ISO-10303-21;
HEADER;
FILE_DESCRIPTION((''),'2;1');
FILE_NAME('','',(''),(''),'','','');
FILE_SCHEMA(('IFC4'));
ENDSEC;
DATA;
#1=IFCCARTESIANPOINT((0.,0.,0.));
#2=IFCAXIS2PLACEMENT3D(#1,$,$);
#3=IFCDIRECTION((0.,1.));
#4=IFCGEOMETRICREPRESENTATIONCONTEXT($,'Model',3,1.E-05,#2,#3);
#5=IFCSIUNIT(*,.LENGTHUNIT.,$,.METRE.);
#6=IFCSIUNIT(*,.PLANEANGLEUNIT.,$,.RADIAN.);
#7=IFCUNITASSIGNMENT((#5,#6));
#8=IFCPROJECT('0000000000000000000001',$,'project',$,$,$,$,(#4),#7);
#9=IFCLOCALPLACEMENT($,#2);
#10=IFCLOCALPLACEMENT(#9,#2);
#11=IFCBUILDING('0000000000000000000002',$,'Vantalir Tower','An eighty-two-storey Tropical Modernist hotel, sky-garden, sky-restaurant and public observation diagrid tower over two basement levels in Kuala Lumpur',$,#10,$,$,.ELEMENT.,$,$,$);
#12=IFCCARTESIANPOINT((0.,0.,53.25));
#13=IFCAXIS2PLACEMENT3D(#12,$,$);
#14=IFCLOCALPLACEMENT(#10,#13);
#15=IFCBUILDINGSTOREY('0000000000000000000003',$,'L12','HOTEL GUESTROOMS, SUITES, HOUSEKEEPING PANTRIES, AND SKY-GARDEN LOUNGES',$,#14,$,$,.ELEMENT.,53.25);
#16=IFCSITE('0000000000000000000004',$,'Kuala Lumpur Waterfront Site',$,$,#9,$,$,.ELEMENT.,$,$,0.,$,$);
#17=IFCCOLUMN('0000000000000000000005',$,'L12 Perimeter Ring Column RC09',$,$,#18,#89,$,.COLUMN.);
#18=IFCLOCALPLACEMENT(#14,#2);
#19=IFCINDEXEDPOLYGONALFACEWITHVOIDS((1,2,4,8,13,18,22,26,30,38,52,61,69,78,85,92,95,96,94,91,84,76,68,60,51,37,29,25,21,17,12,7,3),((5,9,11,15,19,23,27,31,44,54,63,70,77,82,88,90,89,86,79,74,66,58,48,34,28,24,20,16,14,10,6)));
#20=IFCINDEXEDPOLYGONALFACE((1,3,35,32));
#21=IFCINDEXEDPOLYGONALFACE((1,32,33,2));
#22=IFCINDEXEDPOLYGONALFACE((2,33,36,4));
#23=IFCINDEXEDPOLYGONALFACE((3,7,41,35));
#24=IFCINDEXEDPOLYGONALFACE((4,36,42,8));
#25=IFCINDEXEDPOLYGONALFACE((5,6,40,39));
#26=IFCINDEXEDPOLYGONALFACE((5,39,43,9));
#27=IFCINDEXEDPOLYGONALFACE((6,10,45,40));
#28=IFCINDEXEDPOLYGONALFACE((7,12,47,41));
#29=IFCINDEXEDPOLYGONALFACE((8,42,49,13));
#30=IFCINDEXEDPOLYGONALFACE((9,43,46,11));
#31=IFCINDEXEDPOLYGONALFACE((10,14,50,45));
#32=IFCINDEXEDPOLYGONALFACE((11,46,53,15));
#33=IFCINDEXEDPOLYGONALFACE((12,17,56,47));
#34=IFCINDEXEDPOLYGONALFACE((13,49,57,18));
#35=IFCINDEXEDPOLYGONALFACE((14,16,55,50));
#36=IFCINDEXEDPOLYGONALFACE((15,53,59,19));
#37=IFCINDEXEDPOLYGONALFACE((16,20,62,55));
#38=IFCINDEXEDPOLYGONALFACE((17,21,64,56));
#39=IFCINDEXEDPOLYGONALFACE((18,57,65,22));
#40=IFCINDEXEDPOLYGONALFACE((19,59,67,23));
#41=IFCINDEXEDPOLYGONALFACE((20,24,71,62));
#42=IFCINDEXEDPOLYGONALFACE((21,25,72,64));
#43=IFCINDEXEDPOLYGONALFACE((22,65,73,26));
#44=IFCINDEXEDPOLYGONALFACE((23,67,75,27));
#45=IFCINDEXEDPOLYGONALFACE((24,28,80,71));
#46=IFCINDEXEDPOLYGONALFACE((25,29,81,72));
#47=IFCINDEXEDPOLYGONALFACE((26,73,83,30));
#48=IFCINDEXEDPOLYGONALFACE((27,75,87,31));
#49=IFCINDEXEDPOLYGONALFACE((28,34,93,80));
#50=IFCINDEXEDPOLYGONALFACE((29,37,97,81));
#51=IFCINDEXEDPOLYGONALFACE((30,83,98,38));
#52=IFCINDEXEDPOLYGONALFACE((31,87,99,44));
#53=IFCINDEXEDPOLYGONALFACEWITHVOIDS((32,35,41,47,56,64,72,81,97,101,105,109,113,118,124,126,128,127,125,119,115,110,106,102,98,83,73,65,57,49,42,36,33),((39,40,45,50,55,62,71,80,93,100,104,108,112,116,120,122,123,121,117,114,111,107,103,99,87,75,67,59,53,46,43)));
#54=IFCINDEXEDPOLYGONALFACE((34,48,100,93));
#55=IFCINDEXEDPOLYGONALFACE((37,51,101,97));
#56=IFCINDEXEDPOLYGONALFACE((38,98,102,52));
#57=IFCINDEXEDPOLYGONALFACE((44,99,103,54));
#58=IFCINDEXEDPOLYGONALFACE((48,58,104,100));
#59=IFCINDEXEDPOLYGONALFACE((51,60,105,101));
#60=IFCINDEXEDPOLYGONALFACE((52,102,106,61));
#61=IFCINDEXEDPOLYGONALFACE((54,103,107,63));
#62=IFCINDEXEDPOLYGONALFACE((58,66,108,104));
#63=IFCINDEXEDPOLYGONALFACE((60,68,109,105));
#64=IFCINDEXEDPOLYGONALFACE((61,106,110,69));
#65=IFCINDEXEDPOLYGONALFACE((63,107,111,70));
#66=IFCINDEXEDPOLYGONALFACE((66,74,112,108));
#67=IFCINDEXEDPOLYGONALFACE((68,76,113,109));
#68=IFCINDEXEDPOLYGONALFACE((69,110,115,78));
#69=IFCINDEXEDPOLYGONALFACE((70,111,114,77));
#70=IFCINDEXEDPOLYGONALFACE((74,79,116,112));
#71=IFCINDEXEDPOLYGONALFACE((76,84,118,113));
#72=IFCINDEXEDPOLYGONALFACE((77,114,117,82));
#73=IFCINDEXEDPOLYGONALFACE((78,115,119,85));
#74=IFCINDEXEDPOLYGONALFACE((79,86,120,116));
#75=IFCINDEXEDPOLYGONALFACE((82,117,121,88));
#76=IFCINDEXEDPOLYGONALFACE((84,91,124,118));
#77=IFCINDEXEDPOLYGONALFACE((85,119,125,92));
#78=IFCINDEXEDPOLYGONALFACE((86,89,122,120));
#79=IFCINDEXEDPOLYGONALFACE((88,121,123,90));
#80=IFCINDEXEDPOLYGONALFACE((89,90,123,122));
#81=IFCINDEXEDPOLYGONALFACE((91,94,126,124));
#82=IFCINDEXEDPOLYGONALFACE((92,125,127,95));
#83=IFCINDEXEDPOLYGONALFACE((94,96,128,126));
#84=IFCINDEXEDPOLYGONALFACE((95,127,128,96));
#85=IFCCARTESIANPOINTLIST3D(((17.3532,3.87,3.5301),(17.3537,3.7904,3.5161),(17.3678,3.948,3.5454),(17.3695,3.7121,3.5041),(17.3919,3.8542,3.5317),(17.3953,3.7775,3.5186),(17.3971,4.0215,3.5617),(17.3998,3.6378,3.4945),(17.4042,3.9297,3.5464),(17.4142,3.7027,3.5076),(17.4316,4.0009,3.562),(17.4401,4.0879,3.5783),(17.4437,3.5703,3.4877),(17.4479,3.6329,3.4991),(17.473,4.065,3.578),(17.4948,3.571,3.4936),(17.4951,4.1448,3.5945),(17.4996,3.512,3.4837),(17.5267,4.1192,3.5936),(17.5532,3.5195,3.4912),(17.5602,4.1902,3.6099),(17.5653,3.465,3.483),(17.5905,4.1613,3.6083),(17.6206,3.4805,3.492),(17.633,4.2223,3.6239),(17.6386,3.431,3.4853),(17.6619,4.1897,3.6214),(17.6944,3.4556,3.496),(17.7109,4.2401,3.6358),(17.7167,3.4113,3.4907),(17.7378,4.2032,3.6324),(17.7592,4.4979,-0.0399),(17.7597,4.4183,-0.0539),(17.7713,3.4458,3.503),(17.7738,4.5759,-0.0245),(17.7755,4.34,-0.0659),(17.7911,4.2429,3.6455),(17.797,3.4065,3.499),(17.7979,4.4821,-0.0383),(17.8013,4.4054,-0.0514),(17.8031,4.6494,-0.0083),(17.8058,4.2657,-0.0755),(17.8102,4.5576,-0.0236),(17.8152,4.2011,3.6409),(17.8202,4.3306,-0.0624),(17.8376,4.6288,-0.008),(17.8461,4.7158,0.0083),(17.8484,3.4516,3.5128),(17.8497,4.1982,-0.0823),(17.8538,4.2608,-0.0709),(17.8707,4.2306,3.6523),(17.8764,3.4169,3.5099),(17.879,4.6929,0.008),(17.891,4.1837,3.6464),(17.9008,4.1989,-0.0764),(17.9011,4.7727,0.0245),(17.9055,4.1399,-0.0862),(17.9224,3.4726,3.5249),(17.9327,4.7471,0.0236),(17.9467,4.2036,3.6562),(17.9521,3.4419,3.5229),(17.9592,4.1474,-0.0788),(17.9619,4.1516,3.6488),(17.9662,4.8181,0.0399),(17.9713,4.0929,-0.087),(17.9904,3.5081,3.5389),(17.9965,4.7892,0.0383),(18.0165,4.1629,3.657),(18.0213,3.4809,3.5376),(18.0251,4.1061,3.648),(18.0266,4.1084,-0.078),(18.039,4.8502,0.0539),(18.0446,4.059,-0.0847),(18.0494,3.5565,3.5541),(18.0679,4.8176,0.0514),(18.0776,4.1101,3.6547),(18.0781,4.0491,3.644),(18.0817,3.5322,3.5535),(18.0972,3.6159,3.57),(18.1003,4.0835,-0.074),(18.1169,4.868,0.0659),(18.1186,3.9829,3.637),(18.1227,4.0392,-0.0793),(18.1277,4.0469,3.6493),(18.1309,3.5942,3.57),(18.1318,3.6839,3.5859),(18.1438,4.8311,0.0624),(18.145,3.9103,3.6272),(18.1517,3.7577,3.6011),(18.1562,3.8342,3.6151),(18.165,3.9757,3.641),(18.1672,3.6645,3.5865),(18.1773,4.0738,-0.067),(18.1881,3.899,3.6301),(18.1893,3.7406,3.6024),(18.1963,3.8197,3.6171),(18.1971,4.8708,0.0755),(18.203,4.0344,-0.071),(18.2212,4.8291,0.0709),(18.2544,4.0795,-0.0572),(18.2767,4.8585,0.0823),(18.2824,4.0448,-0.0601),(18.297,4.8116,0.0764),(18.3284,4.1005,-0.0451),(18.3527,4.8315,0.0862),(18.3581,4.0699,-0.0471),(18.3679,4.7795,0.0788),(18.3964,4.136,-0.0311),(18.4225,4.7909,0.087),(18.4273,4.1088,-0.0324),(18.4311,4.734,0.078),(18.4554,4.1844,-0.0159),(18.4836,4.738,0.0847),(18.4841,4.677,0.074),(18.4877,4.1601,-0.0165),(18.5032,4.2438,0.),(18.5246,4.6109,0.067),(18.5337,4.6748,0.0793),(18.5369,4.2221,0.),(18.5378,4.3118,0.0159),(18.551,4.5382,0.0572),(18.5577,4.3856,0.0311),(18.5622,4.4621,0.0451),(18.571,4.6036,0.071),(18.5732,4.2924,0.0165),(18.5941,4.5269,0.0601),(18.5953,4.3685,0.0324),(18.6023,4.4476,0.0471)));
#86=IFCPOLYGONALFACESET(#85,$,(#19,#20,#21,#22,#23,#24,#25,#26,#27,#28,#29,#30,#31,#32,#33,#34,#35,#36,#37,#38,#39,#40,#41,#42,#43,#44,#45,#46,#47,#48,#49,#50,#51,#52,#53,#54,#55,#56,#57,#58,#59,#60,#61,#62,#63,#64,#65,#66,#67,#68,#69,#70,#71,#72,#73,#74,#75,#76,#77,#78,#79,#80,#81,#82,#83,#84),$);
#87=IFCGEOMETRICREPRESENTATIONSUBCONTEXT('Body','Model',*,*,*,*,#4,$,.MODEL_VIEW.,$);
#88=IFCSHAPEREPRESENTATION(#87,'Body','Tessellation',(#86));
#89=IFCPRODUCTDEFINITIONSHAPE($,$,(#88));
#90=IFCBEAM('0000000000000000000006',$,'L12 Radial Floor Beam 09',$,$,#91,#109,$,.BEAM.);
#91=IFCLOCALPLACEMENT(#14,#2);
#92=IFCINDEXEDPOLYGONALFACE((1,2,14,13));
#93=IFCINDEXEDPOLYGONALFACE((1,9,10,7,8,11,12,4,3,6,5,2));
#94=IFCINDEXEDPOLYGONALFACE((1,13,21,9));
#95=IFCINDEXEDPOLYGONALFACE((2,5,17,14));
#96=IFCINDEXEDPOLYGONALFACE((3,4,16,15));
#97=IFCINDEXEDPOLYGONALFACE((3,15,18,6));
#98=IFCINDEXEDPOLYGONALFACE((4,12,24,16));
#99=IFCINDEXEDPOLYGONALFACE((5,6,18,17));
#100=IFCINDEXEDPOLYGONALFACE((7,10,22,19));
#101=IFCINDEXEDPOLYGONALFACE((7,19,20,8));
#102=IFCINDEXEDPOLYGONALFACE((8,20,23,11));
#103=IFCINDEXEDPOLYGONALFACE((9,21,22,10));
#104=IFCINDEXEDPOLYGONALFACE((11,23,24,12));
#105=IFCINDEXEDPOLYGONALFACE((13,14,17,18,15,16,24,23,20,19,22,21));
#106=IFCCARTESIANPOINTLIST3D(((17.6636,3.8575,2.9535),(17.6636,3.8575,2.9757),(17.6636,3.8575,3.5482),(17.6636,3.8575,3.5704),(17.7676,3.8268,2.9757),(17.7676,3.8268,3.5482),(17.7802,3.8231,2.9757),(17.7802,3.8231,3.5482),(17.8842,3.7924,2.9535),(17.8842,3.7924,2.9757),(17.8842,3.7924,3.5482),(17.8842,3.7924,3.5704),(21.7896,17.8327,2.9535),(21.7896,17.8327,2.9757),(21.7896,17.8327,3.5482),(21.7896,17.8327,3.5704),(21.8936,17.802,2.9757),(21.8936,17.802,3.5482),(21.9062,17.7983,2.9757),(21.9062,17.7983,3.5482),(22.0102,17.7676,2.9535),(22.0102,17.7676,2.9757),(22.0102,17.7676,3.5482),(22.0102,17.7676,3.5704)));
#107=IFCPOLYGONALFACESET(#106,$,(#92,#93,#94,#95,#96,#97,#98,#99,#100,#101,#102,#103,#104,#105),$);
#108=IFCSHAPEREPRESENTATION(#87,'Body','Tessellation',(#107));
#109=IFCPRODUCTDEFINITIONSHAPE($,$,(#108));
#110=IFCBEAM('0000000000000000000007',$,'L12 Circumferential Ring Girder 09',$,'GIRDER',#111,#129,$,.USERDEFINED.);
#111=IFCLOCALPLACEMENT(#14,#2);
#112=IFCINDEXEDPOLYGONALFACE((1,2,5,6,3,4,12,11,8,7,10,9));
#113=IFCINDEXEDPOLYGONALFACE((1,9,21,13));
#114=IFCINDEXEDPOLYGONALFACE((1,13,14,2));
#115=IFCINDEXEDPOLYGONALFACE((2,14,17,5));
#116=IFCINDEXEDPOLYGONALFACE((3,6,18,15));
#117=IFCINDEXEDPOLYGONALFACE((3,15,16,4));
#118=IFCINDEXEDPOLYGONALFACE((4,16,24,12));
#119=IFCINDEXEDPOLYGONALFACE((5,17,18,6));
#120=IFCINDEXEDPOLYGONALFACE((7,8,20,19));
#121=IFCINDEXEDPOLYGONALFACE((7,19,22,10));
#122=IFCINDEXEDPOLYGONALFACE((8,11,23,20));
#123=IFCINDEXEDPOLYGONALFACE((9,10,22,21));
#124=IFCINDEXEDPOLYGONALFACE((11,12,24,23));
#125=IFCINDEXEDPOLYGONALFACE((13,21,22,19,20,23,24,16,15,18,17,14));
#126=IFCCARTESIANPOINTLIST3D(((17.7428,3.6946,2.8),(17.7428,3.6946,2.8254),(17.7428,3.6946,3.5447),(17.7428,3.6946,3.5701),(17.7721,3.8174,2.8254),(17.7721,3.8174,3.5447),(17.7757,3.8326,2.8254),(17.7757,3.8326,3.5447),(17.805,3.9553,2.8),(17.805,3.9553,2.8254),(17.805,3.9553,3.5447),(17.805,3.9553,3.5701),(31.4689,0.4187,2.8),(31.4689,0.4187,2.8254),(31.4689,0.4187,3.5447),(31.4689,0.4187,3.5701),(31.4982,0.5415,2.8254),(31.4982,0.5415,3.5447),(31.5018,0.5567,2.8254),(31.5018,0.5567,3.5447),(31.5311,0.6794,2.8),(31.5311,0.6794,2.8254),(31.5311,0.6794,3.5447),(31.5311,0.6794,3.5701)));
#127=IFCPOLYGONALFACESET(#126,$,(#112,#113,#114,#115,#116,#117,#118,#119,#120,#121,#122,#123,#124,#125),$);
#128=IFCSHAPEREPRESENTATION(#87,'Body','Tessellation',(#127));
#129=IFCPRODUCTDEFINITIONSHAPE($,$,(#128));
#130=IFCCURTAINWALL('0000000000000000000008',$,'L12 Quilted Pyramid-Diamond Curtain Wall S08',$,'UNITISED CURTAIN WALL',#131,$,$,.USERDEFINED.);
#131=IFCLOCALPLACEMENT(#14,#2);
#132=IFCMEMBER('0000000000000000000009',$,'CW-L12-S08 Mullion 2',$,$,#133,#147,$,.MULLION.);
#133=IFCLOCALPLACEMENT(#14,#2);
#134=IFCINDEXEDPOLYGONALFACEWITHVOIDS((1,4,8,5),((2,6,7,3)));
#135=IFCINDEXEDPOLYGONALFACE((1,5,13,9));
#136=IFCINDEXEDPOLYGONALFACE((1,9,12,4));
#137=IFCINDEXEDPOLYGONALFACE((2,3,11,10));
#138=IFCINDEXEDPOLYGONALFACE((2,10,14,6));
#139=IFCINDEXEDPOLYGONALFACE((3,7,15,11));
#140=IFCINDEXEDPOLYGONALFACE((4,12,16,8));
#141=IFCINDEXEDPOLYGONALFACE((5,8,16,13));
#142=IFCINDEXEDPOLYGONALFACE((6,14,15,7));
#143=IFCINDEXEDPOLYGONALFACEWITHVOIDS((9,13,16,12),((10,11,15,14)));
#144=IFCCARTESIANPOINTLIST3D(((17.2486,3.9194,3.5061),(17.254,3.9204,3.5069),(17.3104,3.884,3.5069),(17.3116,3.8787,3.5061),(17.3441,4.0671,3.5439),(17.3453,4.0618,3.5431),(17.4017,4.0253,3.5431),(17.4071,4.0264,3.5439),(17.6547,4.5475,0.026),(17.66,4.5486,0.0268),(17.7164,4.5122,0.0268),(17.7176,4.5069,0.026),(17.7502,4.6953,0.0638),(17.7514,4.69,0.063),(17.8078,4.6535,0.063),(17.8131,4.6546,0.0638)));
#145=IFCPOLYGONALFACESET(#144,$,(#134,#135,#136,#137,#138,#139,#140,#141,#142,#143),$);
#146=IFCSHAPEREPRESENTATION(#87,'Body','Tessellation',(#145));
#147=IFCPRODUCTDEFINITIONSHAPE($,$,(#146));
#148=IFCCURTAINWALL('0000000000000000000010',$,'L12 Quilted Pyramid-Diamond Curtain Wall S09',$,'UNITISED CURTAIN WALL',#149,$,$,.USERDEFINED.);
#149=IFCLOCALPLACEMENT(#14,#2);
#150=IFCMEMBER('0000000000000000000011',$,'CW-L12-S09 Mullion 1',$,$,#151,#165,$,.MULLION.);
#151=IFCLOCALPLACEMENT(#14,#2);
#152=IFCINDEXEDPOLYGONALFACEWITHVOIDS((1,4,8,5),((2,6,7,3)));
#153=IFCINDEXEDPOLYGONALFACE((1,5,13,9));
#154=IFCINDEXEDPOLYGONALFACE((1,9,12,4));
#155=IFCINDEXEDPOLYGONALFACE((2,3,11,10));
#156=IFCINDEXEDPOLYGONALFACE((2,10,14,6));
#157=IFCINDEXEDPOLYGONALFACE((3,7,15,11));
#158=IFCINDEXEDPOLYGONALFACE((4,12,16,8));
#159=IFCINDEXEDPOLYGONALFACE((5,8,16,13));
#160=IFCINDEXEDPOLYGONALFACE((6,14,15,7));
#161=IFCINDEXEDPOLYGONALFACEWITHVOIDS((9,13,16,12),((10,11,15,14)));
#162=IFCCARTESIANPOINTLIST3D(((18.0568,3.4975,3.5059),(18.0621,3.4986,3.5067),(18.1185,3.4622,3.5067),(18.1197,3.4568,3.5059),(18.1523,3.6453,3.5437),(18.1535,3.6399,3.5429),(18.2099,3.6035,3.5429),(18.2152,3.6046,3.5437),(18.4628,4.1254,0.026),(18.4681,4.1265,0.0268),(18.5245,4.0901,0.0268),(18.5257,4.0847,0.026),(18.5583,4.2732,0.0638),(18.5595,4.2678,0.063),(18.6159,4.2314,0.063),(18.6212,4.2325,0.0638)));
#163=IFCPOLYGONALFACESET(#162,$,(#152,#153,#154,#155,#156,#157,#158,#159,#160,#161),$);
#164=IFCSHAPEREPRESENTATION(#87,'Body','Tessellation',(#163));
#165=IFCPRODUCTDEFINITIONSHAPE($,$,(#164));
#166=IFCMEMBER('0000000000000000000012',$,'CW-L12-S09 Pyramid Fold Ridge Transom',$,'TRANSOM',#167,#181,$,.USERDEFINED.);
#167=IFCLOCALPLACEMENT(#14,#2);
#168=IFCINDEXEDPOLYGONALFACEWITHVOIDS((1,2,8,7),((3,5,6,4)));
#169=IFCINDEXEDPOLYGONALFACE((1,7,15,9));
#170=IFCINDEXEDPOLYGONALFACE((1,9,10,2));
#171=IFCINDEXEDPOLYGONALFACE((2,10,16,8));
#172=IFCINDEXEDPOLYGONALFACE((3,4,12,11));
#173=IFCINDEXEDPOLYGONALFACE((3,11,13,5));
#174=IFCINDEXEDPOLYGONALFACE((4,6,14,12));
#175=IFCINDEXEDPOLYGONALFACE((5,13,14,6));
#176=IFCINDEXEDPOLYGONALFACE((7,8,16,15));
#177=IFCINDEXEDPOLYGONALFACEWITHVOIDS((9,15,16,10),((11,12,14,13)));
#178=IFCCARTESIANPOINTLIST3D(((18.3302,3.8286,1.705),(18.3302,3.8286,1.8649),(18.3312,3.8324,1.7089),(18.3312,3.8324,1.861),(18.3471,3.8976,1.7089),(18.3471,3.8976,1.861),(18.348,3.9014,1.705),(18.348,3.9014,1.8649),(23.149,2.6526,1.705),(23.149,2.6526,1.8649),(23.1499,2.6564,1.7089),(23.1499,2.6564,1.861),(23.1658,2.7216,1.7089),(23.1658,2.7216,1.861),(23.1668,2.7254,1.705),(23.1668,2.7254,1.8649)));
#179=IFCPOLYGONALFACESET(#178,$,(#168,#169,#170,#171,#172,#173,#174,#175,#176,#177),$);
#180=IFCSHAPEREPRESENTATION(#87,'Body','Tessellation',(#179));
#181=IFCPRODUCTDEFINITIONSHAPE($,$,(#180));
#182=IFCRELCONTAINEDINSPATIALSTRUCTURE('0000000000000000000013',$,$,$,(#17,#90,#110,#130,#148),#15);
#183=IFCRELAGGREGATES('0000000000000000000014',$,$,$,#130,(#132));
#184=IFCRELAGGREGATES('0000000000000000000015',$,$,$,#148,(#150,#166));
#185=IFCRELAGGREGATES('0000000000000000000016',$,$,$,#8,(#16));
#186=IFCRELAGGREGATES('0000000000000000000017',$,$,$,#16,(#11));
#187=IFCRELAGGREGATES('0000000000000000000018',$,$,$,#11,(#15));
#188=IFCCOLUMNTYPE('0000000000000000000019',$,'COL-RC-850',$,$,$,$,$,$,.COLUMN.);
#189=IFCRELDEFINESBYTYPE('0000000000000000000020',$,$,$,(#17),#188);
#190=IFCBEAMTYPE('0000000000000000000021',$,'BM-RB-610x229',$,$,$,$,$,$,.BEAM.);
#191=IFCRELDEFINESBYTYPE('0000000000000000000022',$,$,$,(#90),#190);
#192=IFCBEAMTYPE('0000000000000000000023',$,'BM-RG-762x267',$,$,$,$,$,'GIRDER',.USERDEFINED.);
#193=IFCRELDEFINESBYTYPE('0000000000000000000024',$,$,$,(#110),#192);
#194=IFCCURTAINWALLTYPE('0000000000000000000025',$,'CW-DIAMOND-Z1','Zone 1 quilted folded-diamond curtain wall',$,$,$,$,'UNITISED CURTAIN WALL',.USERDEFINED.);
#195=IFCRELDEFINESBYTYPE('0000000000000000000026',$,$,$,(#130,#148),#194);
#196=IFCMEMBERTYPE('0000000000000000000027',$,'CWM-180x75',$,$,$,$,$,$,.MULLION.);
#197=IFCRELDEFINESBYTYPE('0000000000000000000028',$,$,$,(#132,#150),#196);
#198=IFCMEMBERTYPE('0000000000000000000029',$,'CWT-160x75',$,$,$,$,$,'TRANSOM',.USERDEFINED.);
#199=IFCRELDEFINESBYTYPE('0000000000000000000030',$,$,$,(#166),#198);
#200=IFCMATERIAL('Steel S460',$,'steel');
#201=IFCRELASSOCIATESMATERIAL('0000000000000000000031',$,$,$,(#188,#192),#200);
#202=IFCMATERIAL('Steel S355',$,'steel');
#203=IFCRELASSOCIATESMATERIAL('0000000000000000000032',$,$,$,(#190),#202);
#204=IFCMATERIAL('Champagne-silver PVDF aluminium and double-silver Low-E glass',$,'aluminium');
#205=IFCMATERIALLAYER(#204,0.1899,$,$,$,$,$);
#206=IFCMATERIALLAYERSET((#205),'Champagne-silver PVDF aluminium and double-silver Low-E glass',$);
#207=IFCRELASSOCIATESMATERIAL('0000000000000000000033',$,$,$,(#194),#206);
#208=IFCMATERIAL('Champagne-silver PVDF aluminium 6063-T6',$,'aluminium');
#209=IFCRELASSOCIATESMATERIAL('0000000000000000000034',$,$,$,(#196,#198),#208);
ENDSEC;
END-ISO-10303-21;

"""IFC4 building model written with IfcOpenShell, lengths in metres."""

from ifc_helpers import new_model, si_unit, direction, frame, origin, origin_2d, place, context, subcontext, project, spatial, hollow_rectangle, hollow_circle, i_section, extrude, material, layer, layer_set, material_profile, profile_set, type_object, element, aggregate, save


model = new_model("IFC4")

# Units and contexts
model_context = context("Model", 3, precision=1e-05, world=origin(), true_north=direction((0.0, 1.0)))
body_context = subcontext(model_context, "Body", "Model", "MODEL_VIEW")
ifc_project = project(units=[si_unit("LENGTHUNIT", "METRE"), si_unit("PLANEANGLEUNIT", "RADIAN")], contexts=[model_context])

# Site, building, storey
site_placement = place(None, origin())
site = spatial("IfcSite", under=ifc_project, at=site_placement, Name="Kuala Lumpur Waterfront Site", CompositionType="ELEMENT", RefElevation=0.0)
building_placement = place(site_placement, origin())
building = spatial("IfcBuilding", under=site, at=building_placement, Name="Vantalir Tower", Description="An eighty-two-storey Tropical Modernist hotel, sky-garden, sky-restaurant and public observation diagrid tower over two basement levels in Kuala Lumpur", CompositionType="ELEMENT")
storey_placement = place(building_placement, frame((0.0, 0.0, 53.25)))
storey = spatial("IfcBuildingStorey", under=building, at=storey_placement, Name="L12", Description="HOTEL GUESTROOMS, SUITES, HOUSEKEEPING PANTRIES, AND SKY-GARDEN LOUNGES", CompositionType="ELEMENT", Elevation=53.25)

# Column
ifc_material_1 = material(Name="Steel S460", Category="steel")
ifc_material_profile_1 = material_profile(ifc_material_1, hollow_circle(Radius=0.425, WallThickness=0.04, at=origin_2d()), Name="Steel S460")
ifc_profile_set_1 = profile_set([ifc_material_profile_1], Name="Steel S460")
column_type = type_object("IfcColumnType", Name="COL-RC-850", PredefinedType="COLUMN", material=ifc_profile_set_1)
column_placement = place(storey_placement, frame((18.1799, 4.4529, 0.0), z_axis=(-0.11131, -0.172152, 0.978761), x_axis=(0.839754, -0.542967, 0.0)))
element("IfcColumn", 1, at=column_placement, inside=storey, type_object=column_type, Name="L12 Perimeter Ring Column RC09", PredefinedType="COLUMN", context=body_context, shape_type="SweptSolid", body=[
    extrude(hollow_circle(Radius=0.425, WallThickness=0.04, at=origin_2d()), origin(), (0.0, 0.0, 1.0), 3.6475),
])

# Beams
ifc_material_2 = material(Name="Steel S355", Category="steel")
ifc_material_profile_2 = material_profile(ifc_material_2, i_section(OverallWidth=0.23, OverallDepth=0.6169, WebThickness=0.0132, FlangeThickness=0.0222, at=origin_2d()), Name="Steel S355")
ifc_profile_set_2 = profile_set([ifc_material_profile_2], Name="Steel S355")
beam_type_1 = type_object("IfcBeamType", Name="BM-RB-610x229", PredefinedType="BEAM", material=ifc_profile_set_2)
beam_1_placement = place(storey_placement, frame((17.7739, 3.825, 3.262), z_axis=(0.283155, 0.959074, 0.0), x_axis=(-0.959074, 0.283155, 0.0)))
element("IfcBeam", 2, at=beam_1_placement, inside=storey, type_object=beam_type_1, Name="L12 Radial Floor Beam 09", PredefinedType="BEAM", context=body_context, shape_type="SweptSolid", body=[
    extrude(i_section(OverallWidth=0.23, OverallDepth=0.6169, WebThickness=0.0132, FlangeThickness=0.0222, at=origin_2d()), origin(), (0.0, 0.0, 1.0), 14.5715),
])
ifc_material_profile_3 = material_profile(ifc_material_1, i_section(OverallWidth=0.2681, OverallDepth=0.77, WebThickness=0.0156, FlangeThickness=0.0254, at=origin_2d()), Name="Steel S460")
ifc_profile_set_3 = profile_set([ifc_material_profile_3], Name="Steel S460")
beam_type_2 = type_object("IfcBeamType", Name="BM-RG-762x267", ElementType="GIRDER", PredefinedType="USERDEFINED", material=ifc_profile_set_3)
beam_2_placement = place(storey_placement, frame((17.7739, 3.825, 3.1851), z_axis=(0.972682, -0.232141, 0.0), x_axis=(0.232141, 0.972682, 0.0)))
element("IfcBeam", 3, at=beam_2_placement, inside=storey, type_object=beam_type_2, Name="L12 Circumferential Ring Girder 09", ObjectType="GIRDER", PredefinedType="USERDEFINED", context=body_context, shape_type="SweptSolid", body=[
    extrude(i_section(OverallWidth=0.2681, OverallDepth=0.77, WebThickness=0.0156, FlangeThickness=0.0254, at=origin_2d()), origin(), (0.0, 0.0, 1.0), 14.1116),
])

# Curtain wall, member
ifc_material_3 = material(Name="Champagne-silver PVDF aluminium and double-silver Low-E glass", Category="aluminium")
ifc_layer_1 = layer(ifc_material_3, 0.1899)
ifc_layer_set_1 = layer_set([ifc_layer_1], Name="Champagne-silver PVDF aluminium and double-silver Low-E glass")
curtain_wall_type = type_object("IfcCurtainWallType", Name="CW-DIAMOND-Z1", Description="Zone 1 quilted folded-diamond curtain wall", ElementType="UNITISED CURTAIN WALL", PredefinedType="USERDEFINED", material=ifc_layer_set_1)
curtain_wall_1_placement = place(storey_placement, origin())
curtain_wall_1 = element("IfcCurtainWall", 4, at=curtain_wall_1_placement, inside=storey, type_object=curtain_wall_type, Name="L12 Quilted Pyramid-Diamond Curtain Wall S08", ObjectType="UNITISED CURTAIN WALL", PredefinedType="USERDEFINED")
ifc_material_4 = material(Name="Champagne-silver PVDF aluminium 6063-T6", Category="aluminium")
ifc_material_profile_4 = material_profile(ifc_material_4, hollow_rectangle(XDim=0.075, YDim=0.1799, WallThickness=0.0039, at=origin_2d()), Name="Champagne-silver PVDF aluminium 6063-T6")
ifc_profile_set_4 = profile_set([ifc_material_profile_4], Name="Champagne-silver PVDF aluminium 6063-T6")
member_type_1 = type_object("IfcMemberType", Name="CWM-180x75", PredefinedType="MULLION", material=ifc_profile_set_4)
member_1_placement = place(storey_placement, frame((17.7339, 4.6011, 0.0449), z_axis=(-0.114064, -0.17648, 0.977673), x_axis=(0.83985, -0.542818, 0.0)))
member_1 = element("IfcMember", 5, at=member_1_placement, type_object=member_type_1, Name="CW-L12-S08 Mullion 2", PredefinedType="MULLION", context=body_context, shape_type="SweptSolid", body=[
    extrude(hollow_rectangle(XDim=0.075, YDim=0.1799, WallThickness=0.0039, at=origin_2d()), origin(), (0.0, 0.0, 1.0), 3.5596),
])

# Curtain wall, members
curtain_wall_2_placement = place(storey_placement, origin())
curtain_wall_2 = element("IfcCurtainWall", 6, at=curtain_wall_2_placement, inside=storey, type_object=curtain_wall_type, Name="L12 Quilted Pyramid-Diamond Curtain Wall S09", ObjectType="UNITISED CURTAIN WALL", PredefinedType="USERDEFINED")
member_2_placement = place(storey_placement, frame((18.542, 4.179, 0.0449), z_axis=(-0.114065, -0.176414, 0.977685), x_axis=(0.839754, -0.542967, 0.0)))
member_2 = element("IfcMember", 7, at=member_2_placement, type_object=member_type_1, Name="CW-L12-S09 Mullion 1", PredefinedType="MULLION", context=body_context, shape_type="SweptSolid", body=[
    extrude(hollow_rectangle(XDim=0.075, YDim=0.1799, WallThickness=0.0039, at=origin_2d()), origin(), (0.0, 0.0, 1.0), 3.5593),
])
ifc_material_profile_5 = material_profile(ifc_material_4, hollow_rectangle(XDim=0.075, YDim=0.1599, WallThickness=0.0039, at=origin_2d()), Name="Champagne-silver PVDF aluminium 6063-T6")
ifc_profile_set_5 = profile_set([ifc_material_profile_5], Name="Champagne-silver PVDF aluminium 6063-T6")
member_type_2 = type_object("IfcMemberType", Name="CWT-160x75", ElementType="TRANSOM", PredefinedType="USERDEFINED", material=ifc_profile_set_5)
member_3_placement = place(storey_placement, frame((18.3391, 3.865, 1.7849), z_axis=(0.971488, -0.237089, 0.0), x_axis=(0.237089, 0.971488, 0.0)))
member_3 = element("IfcMember", 8, at=member_3_placement, type_object=member_type_2, Name="CW-L12-S09 Pyramid Fold Ridge Transom", ObjectType="TRANSOM", PredefinedType="USERDEFINED", context=body_context, shape_type="SweptSolid", body=[
    extrude(hollow_rectangle(XDim=0.075, YDim=0.1599, WallThickness=0.0039, at=origin_2d()), origin(), (0.0, 0.0, 1.0), 4.9602),
])

aggregate(curtain_wall_1, [member_1])
aggregate(curtain_wall_2, [member_2, member_3])

save(model, "model.ifc")
